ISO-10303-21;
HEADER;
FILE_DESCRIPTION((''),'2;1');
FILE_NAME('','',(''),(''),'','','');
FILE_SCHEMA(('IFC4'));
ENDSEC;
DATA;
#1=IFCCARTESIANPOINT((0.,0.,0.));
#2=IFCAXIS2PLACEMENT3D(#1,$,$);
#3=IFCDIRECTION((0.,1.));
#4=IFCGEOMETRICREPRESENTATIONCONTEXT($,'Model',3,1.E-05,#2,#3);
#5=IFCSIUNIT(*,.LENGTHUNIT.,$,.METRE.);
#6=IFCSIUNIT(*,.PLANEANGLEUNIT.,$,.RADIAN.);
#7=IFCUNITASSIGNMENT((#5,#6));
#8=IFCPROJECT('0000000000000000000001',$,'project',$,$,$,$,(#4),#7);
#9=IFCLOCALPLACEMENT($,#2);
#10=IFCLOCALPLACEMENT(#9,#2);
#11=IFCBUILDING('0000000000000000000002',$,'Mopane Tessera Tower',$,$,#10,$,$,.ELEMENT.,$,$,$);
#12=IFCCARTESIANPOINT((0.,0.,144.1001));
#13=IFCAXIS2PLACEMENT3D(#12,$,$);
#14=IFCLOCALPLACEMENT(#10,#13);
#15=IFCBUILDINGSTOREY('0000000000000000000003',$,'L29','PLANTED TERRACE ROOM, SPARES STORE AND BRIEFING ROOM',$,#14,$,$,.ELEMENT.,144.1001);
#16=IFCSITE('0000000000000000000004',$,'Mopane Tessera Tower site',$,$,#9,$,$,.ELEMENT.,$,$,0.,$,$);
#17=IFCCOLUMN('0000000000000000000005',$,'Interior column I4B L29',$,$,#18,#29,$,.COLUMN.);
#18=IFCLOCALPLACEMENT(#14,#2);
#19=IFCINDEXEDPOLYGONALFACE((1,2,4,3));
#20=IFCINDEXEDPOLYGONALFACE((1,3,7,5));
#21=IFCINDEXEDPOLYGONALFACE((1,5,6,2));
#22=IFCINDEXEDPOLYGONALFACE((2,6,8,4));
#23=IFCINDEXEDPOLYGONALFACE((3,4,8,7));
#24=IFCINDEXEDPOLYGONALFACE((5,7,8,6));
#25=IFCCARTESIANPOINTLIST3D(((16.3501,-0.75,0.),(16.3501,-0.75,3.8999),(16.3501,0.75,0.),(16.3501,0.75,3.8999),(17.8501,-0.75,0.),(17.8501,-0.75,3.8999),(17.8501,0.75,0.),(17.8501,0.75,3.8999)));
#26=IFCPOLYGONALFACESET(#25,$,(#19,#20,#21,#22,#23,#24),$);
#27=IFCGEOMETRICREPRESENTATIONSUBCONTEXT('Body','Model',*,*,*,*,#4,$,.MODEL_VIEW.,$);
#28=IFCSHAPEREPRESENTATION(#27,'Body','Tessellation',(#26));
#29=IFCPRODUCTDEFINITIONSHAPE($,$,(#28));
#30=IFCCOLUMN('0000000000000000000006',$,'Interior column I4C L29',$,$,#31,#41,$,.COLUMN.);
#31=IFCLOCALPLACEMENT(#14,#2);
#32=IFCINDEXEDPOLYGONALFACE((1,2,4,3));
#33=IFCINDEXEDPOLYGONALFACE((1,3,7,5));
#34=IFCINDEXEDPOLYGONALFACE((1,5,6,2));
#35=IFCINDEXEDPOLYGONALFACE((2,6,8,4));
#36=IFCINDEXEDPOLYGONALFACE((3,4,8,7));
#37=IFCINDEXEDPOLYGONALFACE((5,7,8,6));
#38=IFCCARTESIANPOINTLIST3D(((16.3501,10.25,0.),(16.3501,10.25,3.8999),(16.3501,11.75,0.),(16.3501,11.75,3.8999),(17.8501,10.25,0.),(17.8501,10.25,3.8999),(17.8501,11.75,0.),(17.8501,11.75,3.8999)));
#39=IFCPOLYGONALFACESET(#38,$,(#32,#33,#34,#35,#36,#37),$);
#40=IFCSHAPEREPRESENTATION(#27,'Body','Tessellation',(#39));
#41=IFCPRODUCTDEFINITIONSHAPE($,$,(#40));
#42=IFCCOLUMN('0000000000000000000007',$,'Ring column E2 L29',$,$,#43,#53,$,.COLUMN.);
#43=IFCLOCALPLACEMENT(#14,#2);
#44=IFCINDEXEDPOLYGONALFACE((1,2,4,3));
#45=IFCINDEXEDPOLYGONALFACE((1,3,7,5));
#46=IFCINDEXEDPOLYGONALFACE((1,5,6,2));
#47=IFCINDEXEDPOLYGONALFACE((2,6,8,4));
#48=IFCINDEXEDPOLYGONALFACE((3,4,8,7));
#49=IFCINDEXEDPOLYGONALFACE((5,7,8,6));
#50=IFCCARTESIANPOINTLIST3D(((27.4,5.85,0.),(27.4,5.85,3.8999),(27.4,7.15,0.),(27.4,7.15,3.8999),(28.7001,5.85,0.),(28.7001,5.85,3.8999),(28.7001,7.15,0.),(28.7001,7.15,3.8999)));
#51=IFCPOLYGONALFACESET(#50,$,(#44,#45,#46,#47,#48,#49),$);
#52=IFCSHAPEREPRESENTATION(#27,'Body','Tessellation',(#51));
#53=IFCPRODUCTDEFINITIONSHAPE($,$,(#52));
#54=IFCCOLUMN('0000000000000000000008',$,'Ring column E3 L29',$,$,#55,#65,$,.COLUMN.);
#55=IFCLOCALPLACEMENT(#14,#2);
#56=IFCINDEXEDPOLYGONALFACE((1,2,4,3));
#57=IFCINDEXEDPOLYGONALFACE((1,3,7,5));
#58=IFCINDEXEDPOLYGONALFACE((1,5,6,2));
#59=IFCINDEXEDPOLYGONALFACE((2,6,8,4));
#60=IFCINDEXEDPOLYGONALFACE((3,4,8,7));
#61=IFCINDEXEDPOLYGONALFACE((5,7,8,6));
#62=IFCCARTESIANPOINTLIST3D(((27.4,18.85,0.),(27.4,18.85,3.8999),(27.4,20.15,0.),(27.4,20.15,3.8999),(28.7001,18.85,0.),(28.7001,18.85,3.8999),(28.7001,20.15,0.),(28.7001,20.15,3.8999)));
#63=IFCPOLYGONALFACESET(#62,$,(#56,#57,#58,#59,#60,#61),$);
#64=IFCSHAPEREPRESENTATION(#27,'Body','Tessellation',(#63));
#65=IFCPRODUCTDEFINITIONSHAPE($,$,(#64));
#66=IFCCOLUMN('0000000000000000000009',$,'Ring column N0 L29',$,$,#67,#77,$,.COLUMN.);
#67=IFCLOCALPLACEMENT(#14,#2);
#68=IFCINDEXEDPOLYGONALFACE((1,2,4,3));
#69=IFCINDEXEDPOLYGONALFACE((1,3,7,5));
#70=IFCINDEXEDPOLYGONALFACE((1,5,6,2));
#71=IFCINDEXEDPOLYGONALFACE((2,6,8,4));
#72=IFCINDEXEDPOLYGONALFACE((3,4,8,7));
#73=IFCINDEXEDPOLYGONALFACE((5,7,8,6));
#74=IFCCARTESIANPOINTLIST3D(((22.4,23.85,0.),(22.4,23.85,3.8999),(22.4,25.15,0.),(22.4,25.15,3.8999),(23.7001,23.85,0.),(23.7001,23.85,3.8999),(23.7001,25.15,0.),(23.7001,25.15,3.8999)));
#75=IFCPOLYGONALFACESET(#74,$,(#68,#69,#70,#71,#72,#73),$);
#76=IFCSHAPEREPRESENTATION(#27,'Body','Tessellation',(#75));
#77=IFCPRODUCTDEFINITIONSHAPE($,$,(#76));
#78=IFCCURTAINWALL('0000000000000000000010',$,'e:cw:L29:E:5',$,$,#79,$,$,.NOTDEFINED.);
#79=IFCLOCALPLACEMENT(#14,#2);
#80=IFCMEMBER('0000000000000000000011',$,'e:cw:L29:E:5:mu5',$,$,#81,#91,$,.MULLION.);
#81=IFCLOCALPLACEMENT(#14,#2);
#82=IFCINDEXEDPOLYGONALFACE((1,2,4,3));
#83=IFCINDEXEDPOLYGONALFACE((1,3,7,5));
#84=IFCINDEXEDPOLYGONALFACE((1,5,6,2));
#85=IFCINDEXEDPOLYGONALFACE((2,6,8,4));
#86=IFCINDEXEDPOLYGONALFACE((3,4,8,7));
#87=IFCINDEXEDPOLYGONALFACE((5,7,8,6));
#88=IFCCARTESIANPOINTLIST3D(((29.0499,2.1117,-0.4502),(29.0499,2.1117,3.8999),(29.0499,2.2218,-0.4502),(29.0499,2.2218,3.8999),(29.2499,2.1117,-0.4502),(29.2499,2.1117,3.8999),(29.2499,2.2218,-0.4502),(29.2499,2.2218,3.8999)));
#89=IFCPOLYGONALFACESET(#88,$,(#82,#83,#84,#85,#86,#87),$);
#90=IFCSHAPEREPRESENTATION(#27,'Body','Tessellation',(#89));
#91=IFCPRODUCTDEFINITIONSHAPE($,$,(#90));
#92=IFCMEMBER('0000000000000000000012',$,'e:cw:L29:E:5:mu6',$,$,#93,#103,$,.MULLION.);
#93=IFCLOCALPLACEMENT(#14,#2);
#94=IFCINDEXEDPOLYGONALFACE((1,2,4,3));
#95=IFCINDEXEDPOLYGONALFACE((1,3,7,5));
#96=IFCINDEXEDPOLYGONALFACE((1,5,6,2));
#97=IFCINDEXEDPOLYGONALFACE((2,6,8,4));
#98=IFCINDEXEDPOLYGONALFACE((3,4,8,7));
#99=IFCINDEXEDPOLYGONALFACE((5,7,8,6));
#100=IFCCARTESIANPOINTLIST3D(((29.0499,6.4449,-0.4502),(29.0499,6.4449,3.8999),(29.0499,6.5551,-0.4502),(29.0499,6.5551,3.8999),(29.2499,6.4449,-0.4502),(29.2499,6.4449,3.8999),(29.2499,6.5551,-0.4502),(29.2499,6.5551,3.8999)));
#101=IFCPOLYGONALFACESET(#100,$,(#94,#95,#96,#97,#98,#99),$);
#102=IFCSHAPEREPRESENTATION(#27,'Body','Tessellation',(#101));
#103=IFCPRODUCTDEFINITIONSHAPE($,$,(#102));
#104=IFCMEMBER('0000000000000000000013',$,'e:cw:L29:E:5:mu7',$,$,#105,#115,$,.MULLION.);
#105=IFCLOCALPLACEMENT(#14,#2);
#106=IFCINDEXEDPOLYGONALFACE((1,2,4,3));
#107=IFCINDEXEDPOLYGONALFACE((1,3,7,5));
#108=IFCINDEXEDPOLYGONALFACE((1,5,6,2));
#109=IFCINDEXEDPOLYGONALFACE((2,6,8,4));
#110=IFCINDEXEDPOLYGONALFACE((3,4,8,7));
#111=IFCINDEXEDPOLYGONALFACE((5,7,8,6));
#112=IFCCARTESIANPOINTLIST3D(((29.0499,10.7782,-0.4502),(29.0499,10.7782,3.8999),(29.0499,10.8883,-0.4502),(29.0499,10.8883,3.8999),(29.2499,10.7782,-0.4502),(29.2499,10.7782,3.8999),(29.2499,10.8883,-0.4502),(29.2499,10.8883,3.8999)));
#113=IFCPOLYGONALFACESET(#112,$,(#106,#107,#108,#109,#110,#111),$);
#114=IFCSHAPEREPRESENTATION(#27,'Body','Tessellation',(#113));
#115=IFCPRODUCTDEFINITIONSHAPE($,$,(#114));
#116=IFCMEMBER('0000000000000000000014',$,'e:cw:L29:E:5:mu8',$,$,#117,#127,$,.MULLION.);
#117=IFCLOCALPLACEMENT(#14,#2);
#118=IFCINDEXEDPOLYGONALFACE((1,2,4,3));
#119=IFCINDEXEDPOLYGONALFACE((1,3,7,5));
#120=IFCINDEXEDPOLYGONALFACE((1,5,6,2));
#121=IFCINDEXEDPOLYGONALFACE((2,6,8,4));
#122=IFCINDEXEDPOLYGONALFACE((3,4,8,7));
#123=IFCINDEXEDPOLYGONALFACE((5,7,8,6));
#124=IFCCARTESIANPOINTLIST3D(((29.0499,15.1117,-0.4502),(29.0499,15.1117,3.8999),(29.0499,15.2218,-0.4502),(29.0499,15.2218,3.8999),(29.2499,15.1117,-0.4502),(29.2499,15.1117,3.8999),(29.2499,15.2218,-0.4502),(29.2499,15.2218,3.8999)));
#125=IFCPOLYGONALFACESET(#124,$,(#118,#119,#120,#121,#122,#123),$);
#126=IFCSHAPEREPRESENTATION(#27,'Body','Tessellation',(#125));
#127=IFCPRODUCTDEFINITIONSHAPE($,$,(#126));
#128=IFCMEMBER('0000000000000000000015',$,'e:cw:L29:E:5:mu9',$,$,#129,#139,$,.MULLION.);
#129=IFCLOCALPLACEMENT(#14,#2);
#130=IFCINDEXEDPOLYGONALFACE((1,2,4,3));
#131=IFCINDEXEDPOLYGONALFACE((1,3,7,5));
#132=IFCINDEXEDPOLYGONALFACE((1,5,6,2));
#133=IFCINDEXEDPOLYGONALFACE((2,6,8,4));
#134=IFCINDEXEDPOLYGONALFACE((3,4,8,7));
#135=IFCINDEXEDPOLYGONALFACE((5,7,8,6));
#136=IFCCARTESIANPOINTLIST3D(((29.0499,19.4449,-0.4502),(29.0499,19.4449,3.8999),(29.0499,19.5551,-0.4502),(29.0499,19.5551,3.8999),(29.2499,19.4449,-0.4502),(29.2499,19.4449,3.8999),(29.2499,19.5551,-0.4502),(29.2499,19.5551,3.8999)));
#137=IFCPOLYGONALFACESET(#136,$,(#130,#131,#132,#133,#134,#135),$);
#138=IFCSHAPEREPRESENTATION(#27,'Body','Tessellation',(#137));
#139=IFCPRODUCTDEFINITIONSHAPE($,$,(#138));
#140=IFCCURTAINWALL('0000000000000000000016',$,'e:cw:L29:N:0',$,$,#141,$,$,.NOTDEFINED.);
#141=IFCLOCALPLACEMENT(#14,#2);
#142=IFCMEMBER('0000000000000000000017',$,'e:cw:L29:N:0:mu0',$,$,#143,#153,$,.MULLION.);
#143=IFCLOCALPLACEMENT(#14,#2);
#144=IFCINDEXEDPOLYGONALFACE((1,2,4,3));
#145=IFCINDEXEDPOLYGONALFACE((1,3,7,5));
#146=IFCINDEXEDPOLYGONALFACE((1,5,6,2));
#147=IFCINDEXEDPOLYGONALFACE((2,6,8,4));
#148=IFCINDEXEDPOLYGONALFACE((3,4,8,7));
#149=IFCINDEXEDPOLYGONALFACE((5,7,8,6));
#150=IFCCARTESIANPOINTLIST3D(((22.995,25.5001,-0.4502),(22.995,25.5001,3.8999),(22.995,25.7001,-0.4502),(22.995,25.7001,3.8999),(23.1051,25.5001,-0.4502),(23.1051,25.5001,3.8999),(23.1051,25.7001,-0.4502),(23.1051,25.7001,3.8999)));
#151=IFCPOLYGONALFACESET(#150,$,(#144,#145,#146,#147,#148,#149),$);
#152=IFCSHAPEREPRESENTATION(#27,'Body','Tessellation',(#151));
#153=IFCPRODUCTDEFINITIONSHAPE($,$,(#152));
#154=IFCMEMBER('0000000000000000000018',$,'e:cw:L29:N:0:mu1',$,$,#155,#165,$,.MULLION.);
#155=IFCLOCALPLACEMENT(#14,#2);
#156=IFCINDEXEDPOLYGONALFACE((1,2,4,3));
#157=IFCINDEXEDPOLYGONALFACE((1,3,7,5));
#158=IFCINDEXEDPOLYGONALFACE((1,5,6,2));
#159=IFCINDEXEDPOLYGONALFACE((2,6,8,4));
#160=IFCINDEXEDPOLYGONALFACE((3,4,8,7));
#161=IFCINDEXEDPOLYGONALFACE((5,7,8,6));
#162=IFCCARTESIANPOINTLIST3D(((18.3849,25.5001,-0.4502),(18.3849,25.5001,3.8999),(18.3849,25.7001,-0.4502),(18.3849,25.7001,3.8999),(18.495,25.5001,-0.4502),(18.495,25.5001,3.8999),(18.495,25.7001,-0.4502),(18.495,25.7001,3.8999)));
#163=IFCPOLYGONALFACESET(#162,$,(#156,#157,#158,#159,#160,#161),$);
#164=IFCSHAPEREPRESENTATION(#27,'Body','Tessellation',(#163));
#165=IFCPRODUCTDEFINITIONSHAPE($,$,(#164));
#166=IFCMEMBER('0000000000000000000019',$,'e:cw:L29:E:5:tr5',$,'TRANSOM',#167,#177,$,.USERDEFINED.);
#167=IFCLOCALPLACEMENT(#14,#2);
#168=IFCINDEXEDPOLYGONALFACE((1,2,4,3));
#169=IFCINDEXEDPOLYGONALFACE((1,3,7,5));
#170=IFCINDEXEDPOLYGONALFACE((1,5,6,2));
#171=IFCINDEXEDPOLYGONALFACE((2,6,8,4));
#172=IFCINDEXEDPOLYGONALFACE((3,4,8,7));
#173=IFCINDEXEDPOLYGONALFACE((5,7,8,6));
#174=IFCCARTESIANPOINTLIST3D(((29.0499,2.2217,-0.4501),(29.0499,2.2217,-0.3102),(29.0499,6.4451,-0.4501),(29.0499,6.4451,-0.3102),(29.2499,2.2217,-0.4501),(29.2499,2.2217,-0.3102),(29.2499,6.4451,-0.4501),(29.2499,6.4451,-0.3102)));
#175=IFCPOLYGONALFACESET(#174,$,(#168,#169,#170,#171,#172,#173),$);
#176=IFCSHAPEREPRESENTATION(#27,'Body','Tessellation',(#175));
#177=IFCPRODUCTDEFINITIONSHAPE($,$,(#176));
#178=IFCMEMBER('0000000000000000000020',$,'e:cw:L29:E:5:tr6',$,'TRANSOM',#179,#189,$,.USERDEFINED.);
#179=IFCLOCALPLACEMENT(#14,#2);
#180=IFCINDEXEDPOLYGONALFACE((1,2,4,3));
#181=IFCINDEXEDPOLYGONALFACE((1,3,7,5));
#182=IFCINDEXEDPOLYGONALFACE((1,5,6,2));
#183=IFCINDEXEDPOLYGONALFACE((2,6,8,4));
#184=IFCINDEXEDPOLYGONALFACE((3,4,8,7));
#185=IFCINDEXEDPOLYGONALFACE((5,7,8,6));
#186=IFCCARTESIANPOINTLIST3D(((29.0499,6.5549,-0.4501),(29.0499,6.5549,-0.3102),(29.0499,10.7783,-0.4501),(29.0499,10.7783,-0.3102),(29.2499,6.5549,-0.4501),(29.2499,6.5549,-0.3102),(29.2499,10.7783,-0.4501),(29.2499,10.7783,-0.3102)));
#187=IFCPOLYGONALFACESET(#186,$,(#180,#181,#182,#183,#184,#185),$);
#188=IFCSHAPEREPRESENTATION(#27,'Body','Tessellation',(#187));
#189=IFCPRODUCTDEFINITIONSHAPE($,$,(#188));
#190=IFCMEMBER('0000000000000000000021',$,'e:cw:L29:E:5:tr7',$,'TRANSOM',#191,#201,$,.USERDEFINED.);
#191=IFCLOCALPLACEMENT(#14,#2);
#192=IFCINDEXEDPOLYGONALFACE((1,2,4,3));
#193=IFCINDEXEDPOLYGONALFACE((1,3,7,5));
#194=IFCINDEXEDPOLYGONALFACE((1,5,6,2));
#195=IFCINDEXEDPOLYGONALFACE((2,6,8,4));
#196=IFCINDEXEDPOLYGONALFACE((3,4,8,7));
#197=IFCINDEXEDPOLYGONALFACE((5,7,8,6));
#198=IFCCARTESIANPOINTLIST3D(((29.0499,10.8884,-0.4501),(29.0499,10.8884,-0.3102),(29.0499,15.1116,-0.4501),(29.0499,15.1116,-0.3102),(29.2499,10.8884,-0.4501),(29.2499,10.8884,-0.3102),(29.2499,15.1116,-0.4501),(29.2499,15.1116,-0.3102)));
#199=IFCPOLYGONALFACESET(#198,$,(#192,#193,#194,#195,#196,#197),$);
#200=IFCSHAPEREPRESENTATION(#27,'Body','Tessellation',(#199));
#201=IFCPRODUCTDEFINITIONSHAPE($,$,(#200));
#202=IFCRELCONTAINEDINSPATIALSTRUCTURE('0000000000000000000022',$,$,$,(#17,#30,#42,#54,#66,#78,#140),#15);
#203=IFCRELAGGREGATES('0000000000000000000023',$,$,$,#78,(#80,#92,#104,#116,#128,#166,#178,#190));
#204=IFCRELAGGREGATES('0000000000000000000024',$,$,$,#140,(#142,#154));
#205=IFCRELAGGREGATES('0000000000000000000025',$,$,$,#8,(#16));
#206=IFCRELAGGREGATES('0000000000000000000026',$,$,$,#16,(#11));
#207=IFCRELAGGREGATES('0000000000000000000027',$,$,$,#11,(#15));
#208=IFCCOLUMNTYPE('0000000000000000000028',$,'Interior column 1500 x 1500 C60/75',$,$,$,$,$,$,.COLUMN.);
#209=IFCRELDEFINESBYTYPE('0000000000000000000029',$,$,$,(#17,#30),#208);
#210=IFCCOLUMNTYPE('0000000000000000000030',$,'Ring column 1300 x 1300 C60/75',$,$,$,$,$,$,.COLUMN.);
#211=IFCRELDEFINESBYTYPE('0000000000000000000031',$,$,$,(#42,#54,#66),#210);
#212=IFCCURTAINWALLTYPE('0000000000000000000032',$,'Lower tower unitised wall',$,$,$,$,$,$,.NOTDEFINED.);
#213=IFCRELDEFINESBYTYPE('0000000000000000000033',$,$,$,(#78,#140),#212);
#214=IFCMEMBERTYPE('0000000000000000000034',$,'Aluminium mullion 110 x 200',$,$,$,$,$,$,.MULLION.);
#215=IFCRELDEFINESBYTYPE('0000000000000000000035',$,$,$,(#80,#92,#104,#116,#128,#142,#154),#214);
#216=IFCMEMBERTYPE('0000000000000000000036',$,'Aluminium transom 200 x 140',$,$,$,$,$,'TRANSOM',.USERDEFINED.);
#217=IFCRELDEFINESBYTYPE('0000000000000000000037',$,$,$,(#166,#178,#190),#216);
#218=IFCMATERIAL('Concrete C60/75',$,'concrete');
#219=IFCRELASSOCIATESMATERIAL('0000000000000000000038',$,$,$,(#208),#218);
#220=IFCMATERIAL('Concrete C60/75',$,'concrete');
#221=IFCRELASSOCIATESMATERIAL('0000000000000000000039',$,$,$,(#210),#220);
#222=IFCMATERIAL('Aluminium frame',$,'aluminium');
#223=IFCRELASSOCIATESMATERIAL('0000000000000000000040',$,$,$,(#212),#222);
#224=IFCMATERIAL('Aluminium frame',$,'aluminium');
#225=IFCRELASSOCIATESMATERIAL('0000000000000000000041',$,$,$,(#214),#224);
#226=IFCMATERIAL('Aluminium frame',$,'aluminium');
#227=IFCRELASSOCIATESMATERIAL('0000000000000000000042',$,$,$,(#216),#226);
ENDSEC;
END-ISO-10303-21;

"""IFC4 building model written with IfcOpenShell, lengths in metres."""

from ifc_helpers import new_model, si_unit, direction, frame, origin, origin_2d, place, context, subcontext, project, spatial, rectangle, extrude, material, material_profile, profile_set, type_object, element, aggregate, save


model = new_model("IFC4")

# Units and contexts
model_context = context("Model", 3, precision=1e-05, world=origin(), true_north=direction((0.0, 1.0)))
body_context = subcontext(model_context, "Body", "Model", "MODEL_VIEW")
ifc_project = project(units=[si_unit("LENGTHUNIT", "METRE"), si_unit("PLANEANGLEUNIT", "RADIAN")], contexts=[model_context])

# Site, building, storey
site_placement = place(None, origin())
site = spatial("IfcSite", under=ifc_project, at=site_placement, Name="Mopane Tessera Tower site", CompositionType="ELEMENT", RefElevation=0.0)
building_placement = place(site_placement, origin())
building = spatial("IfcBuilding", under=site, at=building_placement, Name="Mopane Tessera Tower", CompositionType="ELEMENT")
storey_placement = place(building_placement, frame((0.0, 0.0, 144.1001)))
storey = spatial("IfcBuildingStorey", under=building, at=storey_placement, Name="L29", Description="PLANTED TERRACE ROOM, SPARES STORE AND BRIEFING ROOM", CompositionType="ELEMENT", Elevation=144.1001)

# Columns
ifc_material_1 = material(Name="Concrete C60/75", Category="concrete")
ifc_material_profile_1 = material_profile(ifc_material_1, rectangle(XDim=1.5, YDim=1.5, at=origin_2d()))
ifc_profile_set_1 = profile_set([ifc_material_profile_1], Name="Concrete C60/75")
column_type_1 = type_object("IfcColumnType", Name="Interior column 1500 x 1500 C60/75", PredefinedType="COLUMN", material=ifc_profile_set_1)
for number, where, z_axis, x_axis, name in (
    (1, (17.1001, 0.0, 0.0), (0.0, 0.0, 1.0), (1.0, 0.0, 0.0), "Interior column I4B L29"),
    (2, (17.1001, 11.0, 0.0), (0.0, 0.0, 1.0), (1.0, 0.0, 0.0), "Interior column I4C L29"),
):
    element("IfcColumn", number, at=place(storey_placement, frame(where, z_axis=z_axis, x_axis=x_axis)), inside=storey, type_object=column_type_1, Name=name, PredefinedType="COLUMN", context=body_context, shape_type="SweptSolid", body=[
        extrude(rectangle(XDim=1.5, YDim=1.5, at=origin_2d()), origin(), (0.0, 0.0, 1.0), 3.8999),
    ])
ifc_material_2 = material(Name="Concrete C60/75", Category="concrete")
ifc_material_profile_2 = material_profile(ifc_material_2, rectangle(XDim=1.3, YDim=1.3, at=origin_2d()))
ifc_profile_set_2 = profile_set([ifc_material_profile_2], Name="Concrete C60/75")
column_type_2 = type_object("IfcColumnType", Name="Ring column 1300 x 1300 C60/75", PredefinedType="COLUMN", material=ifc_profile_set_2)
for number, where, z_axis, x_axis, name in (
    (3, (28.05, 6.5, 0.0), (0.0, 0.0, 1.0), (1.0, 0.0, 0.0), "Ring column E2 L29"),
    (4, (28.05, 19.5, 0.0), (0.0, 0.0, 1.0), (1.0, 0.0, 0.0), "Ring column E3 L29"),
    (5, (23.05, 24.5, 0.0), (0.0, 0.0, 1.0), (1.0, 0.0, 0.0), "Ring column N0 L29"),
):
    element("IfcColumn", number, at=place(storey_placement, frame(where, z_axis=z_axis, x_axis=x_axis)), inside=storey, type_object=column_type_2, Name=name, PredefinedType="COLUMN", context=body_context, shape_type="SweptSolid", body=[
        extrude(rectangle(XDim=1.3, YDim=1.3, at=origin_2d()), origin(), (0.0, 0.0, 1.0), 3.8999),
    ])

# Curtain walls, members
ifc_material_3 = material(Name="Aluminium frame", Category="aluminium")
curtain_wall_type = type_object("IfcCurtainWallType", Name="Lower tower unitised wall", PredefinedType="NOTDEFINED", material=ifc_material_3)
curtain_wall_1_placement = place(storey_placement, origin())
curtain_wall_1 = element("IfcCurtainWall", 6, at=curtain_wall_1_placement, inside=storey, type_object=curtain_wall_type, Name="e:cw:L29:E:5", PredefinedType="NOTDEFINED")
ifc_material_4 = material(Name="Aluminium frame", Category="aluminium")
ifc_material_profile_3 = material_profile(ifc_material_4, rectangle(XDim=0.1101, YDim=0.2, at=origin_2d()))
ifc_profile_set_3 = profile_set([ifc_material_profile_3], Name="Aluminium frame")
member_type_1 = type_object("IfcMemberType", Name="Aluminium mullion 110 x 200", PredefinedType="MULLION", material=ifc_profile_set_3)
member_1_placement = place(storey_placement, frame((29.1499, 2.1667, -0.4502), z_axis=(0.0, 0.0, 1.0), x_axis=(0.0, 1.0, 0.0)))
member_1 = element("IfcMember", 7, at=member_1_placement, type_object=member_type_1, Name="e:cw:L29:E:5:mu5", PredefinedType="MULLION", context=body_context, shape_type="SweptSolid", body=[
    extrude(rectangle(XDim=0.1101, YDim=0.2, at=origin_2d()), origin(), (0.0, 0.0, 1.0), 4.3501),
])
member_2_placement = place(storey_placement, frame((29.1499, 6.5, -0.4502), z_axis=(0.0, 0.0, 1.0), x_axis=(0.0, 1.0, 0.0)))
member_2 = element("IfcMember", 8, at=member_2_placement, type_object=member_type_1, Name="e:cw:L29:E:5:mu6", PredefinedType="MULLION", context=body_context, shape_type="SweptSolid", body=[
    extrude(rectangle(XDim=0.1101, YDim=0.2, at=origin_2d()), origin(), (0.0, 0.0, 1.0), 4.3501),
])
member_3_placement = place(storey_placement, frame((29.1499, 10.8333, -0.4502), z_axis=(0.0, 0.0, 1.0), x_axis=(0.0, 1.0, 0.0)))
member_3 = element("IfcMember", 9, at=member_3_placement, type_object=member_type_1, Name="e:cw:L29:E:5:mu7", PredefinedType="MULLION", context=body_context, shape_type="SweptSolid", body=[
    extrude(rectangle(XDim=0.1101, YDim=0.2, at=origin_2d()), origin(), (0.0, 0.0, 1.0), 4.3501),
])
member_4_placement = place(storey_placement, frame((29.1499, 15.1667, -0.4502), z_axis=(0.0, 0.0, 1.0), x_axis=(0.0, 1.0, 0.0)))
member_4 = element("IfcMember", 10, at=member_4_placement, type_object=member_type_1, Name="e:cw:L29:E:5:mu8", PredefinedType="MULLION", context=body_context, shape_type="SweptSolid", body=[
    extrude(rectangle(XDim=0.1101, YDim=0.2, at=origin_2d()), origin(), (0.0, 0.0, 1.0), 4.3501),
])
member_5_placement = place(storey_placement, frame((29.1499, 19.5, -0.4502), z_axis=(0.0, 0.0, 1.0), x_axis=(0.0, 1.0, 0.0)))
member_5 = element("IfcMember", 11, at=member_5_placement, type_object=member_type_1, Name="e:cw:L29:E:5:mu9", PredefinedType="MULLION", context=body_context, shape_type="SweptSolid", body=[
    extrude(rectangle(XDim=0.1101, YDim=0.2, at=origin_2d()), origin(), (0.0, 0.0, 1.0), 4.3501),
])
curtain_wall_2_placement = place(storey_placement, origin())
curtain_wall_2 = element("IfcCurtainWall", 12, at=curtain_wall_2_placement, inside=storey, type_object=curtain_wall_type, Name="e:cw:L29:N:0", PredefinedType="NOTDEFINED")
member_6_placement = place(storey_placement, frame((23.05, 25.6001, -0.4502), z_axis=(0.0, 0.0, 1.0), x_axis=(-1.0, 0.0, 0.0)))
member_6 = element("IfcMember", 13, at=member_6_placement, type_object=member_type_1, Name="e:cw:L29:N:0:mu0", PredefinedType="MULLION", context=body_context, shape_type="SweptSolid", body=[
    extrude(rectangle(XDim=0.1101, YDim=0.2, at=origin_2d()), origin(), (0.0, 0.0, 1.0), 4.3501),
])
member_7_placement = place(storey_placement, frame((18.4399, 25.6001, -0.4502), z_axis=(0.0, 0.0, 1.0), x_axis=(-1.0, 0.0, 0.0)))
member_7 = element("IfcMember", 14, at=member_7_placement, type_object=member_type_1, Name="e:cw:L29:N:0:mu1", PredefinedType="MULLION", context=body_context, shape_type="SweptSolid", body=[
    extrude(rectangle(XDim=0.1101, YDim=0.2, at=origin_2d()), origin(), (0.0, 0.0, 1.0), 4.3501),
])

# Members
ifc_material_5 = material(Name="Aluminium frame", Category="aluminium")
ifc_material_profile_4 = material_profile(ifc_material_5, rectangle(XDim=0.2, YDim=0.1399, at=origin_2d()))
ifc_profile_set_4 = profile_set([ifc_material_profile_4], Name="Aluminium frame")
member_type_2 = type_object("IfcMemberType", Name="Aluminium transom 200 x 140", ElementType="TRANSOM", PredefinedType="USERDEFINED", material=ifc_profile_set_4)
member_8_placement = place(storey_placement, frame((29.1499, 2.2217, -0.3801), z_axis=(0.0, 1.0, 0.0), x_axis=(-1.0, 0.0, 0.0)))
member_8 = element("IfcMember", 15, at=member_8_placement, type_object=member_type_2, Name="e:cw:L29:E:5:tr5", ObjectType="TRANSOM", PredefinedType="USERDEFINED", context=body_context, shape_type="SweptSolid", body=[
    extrude(rectangle(XDim=0.2, YDim=0.1399, at=origin_2d()), origin(), (0.0, 0.0, 1.0), 4.2234),
])
member_9_placement = place(storey_placement, frame((29.1499, 6.5549, -0.3801), z_axis=(0.0, 1.0, 0.0), x_axis=(-1.0, 0.0, 0.0)))
member_9 = element("IfcMember", 16, at=member_9_placement, type_object=member_type_2, Name="e:cw:L29:E:5:tr6", ObjectType="TRANSOM", PredefinedType="USERDEFINED", context=body_context, shape_type="SweptSolid", body=[
    extrude(rectangle(XDim=0.2, YDim=0.1399, at=origin_2d()), origin(), (0.0, 0.0, 1.0), 4.2234),
])
member_10_placement = place(storey_placement, frame((29.1499, 10.8884, -0.3801), z_axis=(0.0, 1.0, 0.0), x_axis=(-1.0, 0.0, 0.0)))
member_10 = element("IfcMember", 17, at=member_10_placement, type_object=member_type_2, Name="e:cw:L29:E:5:tr7", ObjectType="TRANSOM", PredefinedType="USERDEFINED", context=body_context, shape_type="SweptSolid", body=[
    extrude(rectangle(XDim=0.2, YDim=0.1399, at=origin_2d()), origin(), (0.0, 0.0, 1.0), 4.2231),
])

aggregate(curtain_wall_1, [member_1, member_2, member_3, member_4, member_5, member_8, member_9, member_10])
aggregate(curtain_wall_2, [member_6, member_7])

save(model, "model.ifc")
